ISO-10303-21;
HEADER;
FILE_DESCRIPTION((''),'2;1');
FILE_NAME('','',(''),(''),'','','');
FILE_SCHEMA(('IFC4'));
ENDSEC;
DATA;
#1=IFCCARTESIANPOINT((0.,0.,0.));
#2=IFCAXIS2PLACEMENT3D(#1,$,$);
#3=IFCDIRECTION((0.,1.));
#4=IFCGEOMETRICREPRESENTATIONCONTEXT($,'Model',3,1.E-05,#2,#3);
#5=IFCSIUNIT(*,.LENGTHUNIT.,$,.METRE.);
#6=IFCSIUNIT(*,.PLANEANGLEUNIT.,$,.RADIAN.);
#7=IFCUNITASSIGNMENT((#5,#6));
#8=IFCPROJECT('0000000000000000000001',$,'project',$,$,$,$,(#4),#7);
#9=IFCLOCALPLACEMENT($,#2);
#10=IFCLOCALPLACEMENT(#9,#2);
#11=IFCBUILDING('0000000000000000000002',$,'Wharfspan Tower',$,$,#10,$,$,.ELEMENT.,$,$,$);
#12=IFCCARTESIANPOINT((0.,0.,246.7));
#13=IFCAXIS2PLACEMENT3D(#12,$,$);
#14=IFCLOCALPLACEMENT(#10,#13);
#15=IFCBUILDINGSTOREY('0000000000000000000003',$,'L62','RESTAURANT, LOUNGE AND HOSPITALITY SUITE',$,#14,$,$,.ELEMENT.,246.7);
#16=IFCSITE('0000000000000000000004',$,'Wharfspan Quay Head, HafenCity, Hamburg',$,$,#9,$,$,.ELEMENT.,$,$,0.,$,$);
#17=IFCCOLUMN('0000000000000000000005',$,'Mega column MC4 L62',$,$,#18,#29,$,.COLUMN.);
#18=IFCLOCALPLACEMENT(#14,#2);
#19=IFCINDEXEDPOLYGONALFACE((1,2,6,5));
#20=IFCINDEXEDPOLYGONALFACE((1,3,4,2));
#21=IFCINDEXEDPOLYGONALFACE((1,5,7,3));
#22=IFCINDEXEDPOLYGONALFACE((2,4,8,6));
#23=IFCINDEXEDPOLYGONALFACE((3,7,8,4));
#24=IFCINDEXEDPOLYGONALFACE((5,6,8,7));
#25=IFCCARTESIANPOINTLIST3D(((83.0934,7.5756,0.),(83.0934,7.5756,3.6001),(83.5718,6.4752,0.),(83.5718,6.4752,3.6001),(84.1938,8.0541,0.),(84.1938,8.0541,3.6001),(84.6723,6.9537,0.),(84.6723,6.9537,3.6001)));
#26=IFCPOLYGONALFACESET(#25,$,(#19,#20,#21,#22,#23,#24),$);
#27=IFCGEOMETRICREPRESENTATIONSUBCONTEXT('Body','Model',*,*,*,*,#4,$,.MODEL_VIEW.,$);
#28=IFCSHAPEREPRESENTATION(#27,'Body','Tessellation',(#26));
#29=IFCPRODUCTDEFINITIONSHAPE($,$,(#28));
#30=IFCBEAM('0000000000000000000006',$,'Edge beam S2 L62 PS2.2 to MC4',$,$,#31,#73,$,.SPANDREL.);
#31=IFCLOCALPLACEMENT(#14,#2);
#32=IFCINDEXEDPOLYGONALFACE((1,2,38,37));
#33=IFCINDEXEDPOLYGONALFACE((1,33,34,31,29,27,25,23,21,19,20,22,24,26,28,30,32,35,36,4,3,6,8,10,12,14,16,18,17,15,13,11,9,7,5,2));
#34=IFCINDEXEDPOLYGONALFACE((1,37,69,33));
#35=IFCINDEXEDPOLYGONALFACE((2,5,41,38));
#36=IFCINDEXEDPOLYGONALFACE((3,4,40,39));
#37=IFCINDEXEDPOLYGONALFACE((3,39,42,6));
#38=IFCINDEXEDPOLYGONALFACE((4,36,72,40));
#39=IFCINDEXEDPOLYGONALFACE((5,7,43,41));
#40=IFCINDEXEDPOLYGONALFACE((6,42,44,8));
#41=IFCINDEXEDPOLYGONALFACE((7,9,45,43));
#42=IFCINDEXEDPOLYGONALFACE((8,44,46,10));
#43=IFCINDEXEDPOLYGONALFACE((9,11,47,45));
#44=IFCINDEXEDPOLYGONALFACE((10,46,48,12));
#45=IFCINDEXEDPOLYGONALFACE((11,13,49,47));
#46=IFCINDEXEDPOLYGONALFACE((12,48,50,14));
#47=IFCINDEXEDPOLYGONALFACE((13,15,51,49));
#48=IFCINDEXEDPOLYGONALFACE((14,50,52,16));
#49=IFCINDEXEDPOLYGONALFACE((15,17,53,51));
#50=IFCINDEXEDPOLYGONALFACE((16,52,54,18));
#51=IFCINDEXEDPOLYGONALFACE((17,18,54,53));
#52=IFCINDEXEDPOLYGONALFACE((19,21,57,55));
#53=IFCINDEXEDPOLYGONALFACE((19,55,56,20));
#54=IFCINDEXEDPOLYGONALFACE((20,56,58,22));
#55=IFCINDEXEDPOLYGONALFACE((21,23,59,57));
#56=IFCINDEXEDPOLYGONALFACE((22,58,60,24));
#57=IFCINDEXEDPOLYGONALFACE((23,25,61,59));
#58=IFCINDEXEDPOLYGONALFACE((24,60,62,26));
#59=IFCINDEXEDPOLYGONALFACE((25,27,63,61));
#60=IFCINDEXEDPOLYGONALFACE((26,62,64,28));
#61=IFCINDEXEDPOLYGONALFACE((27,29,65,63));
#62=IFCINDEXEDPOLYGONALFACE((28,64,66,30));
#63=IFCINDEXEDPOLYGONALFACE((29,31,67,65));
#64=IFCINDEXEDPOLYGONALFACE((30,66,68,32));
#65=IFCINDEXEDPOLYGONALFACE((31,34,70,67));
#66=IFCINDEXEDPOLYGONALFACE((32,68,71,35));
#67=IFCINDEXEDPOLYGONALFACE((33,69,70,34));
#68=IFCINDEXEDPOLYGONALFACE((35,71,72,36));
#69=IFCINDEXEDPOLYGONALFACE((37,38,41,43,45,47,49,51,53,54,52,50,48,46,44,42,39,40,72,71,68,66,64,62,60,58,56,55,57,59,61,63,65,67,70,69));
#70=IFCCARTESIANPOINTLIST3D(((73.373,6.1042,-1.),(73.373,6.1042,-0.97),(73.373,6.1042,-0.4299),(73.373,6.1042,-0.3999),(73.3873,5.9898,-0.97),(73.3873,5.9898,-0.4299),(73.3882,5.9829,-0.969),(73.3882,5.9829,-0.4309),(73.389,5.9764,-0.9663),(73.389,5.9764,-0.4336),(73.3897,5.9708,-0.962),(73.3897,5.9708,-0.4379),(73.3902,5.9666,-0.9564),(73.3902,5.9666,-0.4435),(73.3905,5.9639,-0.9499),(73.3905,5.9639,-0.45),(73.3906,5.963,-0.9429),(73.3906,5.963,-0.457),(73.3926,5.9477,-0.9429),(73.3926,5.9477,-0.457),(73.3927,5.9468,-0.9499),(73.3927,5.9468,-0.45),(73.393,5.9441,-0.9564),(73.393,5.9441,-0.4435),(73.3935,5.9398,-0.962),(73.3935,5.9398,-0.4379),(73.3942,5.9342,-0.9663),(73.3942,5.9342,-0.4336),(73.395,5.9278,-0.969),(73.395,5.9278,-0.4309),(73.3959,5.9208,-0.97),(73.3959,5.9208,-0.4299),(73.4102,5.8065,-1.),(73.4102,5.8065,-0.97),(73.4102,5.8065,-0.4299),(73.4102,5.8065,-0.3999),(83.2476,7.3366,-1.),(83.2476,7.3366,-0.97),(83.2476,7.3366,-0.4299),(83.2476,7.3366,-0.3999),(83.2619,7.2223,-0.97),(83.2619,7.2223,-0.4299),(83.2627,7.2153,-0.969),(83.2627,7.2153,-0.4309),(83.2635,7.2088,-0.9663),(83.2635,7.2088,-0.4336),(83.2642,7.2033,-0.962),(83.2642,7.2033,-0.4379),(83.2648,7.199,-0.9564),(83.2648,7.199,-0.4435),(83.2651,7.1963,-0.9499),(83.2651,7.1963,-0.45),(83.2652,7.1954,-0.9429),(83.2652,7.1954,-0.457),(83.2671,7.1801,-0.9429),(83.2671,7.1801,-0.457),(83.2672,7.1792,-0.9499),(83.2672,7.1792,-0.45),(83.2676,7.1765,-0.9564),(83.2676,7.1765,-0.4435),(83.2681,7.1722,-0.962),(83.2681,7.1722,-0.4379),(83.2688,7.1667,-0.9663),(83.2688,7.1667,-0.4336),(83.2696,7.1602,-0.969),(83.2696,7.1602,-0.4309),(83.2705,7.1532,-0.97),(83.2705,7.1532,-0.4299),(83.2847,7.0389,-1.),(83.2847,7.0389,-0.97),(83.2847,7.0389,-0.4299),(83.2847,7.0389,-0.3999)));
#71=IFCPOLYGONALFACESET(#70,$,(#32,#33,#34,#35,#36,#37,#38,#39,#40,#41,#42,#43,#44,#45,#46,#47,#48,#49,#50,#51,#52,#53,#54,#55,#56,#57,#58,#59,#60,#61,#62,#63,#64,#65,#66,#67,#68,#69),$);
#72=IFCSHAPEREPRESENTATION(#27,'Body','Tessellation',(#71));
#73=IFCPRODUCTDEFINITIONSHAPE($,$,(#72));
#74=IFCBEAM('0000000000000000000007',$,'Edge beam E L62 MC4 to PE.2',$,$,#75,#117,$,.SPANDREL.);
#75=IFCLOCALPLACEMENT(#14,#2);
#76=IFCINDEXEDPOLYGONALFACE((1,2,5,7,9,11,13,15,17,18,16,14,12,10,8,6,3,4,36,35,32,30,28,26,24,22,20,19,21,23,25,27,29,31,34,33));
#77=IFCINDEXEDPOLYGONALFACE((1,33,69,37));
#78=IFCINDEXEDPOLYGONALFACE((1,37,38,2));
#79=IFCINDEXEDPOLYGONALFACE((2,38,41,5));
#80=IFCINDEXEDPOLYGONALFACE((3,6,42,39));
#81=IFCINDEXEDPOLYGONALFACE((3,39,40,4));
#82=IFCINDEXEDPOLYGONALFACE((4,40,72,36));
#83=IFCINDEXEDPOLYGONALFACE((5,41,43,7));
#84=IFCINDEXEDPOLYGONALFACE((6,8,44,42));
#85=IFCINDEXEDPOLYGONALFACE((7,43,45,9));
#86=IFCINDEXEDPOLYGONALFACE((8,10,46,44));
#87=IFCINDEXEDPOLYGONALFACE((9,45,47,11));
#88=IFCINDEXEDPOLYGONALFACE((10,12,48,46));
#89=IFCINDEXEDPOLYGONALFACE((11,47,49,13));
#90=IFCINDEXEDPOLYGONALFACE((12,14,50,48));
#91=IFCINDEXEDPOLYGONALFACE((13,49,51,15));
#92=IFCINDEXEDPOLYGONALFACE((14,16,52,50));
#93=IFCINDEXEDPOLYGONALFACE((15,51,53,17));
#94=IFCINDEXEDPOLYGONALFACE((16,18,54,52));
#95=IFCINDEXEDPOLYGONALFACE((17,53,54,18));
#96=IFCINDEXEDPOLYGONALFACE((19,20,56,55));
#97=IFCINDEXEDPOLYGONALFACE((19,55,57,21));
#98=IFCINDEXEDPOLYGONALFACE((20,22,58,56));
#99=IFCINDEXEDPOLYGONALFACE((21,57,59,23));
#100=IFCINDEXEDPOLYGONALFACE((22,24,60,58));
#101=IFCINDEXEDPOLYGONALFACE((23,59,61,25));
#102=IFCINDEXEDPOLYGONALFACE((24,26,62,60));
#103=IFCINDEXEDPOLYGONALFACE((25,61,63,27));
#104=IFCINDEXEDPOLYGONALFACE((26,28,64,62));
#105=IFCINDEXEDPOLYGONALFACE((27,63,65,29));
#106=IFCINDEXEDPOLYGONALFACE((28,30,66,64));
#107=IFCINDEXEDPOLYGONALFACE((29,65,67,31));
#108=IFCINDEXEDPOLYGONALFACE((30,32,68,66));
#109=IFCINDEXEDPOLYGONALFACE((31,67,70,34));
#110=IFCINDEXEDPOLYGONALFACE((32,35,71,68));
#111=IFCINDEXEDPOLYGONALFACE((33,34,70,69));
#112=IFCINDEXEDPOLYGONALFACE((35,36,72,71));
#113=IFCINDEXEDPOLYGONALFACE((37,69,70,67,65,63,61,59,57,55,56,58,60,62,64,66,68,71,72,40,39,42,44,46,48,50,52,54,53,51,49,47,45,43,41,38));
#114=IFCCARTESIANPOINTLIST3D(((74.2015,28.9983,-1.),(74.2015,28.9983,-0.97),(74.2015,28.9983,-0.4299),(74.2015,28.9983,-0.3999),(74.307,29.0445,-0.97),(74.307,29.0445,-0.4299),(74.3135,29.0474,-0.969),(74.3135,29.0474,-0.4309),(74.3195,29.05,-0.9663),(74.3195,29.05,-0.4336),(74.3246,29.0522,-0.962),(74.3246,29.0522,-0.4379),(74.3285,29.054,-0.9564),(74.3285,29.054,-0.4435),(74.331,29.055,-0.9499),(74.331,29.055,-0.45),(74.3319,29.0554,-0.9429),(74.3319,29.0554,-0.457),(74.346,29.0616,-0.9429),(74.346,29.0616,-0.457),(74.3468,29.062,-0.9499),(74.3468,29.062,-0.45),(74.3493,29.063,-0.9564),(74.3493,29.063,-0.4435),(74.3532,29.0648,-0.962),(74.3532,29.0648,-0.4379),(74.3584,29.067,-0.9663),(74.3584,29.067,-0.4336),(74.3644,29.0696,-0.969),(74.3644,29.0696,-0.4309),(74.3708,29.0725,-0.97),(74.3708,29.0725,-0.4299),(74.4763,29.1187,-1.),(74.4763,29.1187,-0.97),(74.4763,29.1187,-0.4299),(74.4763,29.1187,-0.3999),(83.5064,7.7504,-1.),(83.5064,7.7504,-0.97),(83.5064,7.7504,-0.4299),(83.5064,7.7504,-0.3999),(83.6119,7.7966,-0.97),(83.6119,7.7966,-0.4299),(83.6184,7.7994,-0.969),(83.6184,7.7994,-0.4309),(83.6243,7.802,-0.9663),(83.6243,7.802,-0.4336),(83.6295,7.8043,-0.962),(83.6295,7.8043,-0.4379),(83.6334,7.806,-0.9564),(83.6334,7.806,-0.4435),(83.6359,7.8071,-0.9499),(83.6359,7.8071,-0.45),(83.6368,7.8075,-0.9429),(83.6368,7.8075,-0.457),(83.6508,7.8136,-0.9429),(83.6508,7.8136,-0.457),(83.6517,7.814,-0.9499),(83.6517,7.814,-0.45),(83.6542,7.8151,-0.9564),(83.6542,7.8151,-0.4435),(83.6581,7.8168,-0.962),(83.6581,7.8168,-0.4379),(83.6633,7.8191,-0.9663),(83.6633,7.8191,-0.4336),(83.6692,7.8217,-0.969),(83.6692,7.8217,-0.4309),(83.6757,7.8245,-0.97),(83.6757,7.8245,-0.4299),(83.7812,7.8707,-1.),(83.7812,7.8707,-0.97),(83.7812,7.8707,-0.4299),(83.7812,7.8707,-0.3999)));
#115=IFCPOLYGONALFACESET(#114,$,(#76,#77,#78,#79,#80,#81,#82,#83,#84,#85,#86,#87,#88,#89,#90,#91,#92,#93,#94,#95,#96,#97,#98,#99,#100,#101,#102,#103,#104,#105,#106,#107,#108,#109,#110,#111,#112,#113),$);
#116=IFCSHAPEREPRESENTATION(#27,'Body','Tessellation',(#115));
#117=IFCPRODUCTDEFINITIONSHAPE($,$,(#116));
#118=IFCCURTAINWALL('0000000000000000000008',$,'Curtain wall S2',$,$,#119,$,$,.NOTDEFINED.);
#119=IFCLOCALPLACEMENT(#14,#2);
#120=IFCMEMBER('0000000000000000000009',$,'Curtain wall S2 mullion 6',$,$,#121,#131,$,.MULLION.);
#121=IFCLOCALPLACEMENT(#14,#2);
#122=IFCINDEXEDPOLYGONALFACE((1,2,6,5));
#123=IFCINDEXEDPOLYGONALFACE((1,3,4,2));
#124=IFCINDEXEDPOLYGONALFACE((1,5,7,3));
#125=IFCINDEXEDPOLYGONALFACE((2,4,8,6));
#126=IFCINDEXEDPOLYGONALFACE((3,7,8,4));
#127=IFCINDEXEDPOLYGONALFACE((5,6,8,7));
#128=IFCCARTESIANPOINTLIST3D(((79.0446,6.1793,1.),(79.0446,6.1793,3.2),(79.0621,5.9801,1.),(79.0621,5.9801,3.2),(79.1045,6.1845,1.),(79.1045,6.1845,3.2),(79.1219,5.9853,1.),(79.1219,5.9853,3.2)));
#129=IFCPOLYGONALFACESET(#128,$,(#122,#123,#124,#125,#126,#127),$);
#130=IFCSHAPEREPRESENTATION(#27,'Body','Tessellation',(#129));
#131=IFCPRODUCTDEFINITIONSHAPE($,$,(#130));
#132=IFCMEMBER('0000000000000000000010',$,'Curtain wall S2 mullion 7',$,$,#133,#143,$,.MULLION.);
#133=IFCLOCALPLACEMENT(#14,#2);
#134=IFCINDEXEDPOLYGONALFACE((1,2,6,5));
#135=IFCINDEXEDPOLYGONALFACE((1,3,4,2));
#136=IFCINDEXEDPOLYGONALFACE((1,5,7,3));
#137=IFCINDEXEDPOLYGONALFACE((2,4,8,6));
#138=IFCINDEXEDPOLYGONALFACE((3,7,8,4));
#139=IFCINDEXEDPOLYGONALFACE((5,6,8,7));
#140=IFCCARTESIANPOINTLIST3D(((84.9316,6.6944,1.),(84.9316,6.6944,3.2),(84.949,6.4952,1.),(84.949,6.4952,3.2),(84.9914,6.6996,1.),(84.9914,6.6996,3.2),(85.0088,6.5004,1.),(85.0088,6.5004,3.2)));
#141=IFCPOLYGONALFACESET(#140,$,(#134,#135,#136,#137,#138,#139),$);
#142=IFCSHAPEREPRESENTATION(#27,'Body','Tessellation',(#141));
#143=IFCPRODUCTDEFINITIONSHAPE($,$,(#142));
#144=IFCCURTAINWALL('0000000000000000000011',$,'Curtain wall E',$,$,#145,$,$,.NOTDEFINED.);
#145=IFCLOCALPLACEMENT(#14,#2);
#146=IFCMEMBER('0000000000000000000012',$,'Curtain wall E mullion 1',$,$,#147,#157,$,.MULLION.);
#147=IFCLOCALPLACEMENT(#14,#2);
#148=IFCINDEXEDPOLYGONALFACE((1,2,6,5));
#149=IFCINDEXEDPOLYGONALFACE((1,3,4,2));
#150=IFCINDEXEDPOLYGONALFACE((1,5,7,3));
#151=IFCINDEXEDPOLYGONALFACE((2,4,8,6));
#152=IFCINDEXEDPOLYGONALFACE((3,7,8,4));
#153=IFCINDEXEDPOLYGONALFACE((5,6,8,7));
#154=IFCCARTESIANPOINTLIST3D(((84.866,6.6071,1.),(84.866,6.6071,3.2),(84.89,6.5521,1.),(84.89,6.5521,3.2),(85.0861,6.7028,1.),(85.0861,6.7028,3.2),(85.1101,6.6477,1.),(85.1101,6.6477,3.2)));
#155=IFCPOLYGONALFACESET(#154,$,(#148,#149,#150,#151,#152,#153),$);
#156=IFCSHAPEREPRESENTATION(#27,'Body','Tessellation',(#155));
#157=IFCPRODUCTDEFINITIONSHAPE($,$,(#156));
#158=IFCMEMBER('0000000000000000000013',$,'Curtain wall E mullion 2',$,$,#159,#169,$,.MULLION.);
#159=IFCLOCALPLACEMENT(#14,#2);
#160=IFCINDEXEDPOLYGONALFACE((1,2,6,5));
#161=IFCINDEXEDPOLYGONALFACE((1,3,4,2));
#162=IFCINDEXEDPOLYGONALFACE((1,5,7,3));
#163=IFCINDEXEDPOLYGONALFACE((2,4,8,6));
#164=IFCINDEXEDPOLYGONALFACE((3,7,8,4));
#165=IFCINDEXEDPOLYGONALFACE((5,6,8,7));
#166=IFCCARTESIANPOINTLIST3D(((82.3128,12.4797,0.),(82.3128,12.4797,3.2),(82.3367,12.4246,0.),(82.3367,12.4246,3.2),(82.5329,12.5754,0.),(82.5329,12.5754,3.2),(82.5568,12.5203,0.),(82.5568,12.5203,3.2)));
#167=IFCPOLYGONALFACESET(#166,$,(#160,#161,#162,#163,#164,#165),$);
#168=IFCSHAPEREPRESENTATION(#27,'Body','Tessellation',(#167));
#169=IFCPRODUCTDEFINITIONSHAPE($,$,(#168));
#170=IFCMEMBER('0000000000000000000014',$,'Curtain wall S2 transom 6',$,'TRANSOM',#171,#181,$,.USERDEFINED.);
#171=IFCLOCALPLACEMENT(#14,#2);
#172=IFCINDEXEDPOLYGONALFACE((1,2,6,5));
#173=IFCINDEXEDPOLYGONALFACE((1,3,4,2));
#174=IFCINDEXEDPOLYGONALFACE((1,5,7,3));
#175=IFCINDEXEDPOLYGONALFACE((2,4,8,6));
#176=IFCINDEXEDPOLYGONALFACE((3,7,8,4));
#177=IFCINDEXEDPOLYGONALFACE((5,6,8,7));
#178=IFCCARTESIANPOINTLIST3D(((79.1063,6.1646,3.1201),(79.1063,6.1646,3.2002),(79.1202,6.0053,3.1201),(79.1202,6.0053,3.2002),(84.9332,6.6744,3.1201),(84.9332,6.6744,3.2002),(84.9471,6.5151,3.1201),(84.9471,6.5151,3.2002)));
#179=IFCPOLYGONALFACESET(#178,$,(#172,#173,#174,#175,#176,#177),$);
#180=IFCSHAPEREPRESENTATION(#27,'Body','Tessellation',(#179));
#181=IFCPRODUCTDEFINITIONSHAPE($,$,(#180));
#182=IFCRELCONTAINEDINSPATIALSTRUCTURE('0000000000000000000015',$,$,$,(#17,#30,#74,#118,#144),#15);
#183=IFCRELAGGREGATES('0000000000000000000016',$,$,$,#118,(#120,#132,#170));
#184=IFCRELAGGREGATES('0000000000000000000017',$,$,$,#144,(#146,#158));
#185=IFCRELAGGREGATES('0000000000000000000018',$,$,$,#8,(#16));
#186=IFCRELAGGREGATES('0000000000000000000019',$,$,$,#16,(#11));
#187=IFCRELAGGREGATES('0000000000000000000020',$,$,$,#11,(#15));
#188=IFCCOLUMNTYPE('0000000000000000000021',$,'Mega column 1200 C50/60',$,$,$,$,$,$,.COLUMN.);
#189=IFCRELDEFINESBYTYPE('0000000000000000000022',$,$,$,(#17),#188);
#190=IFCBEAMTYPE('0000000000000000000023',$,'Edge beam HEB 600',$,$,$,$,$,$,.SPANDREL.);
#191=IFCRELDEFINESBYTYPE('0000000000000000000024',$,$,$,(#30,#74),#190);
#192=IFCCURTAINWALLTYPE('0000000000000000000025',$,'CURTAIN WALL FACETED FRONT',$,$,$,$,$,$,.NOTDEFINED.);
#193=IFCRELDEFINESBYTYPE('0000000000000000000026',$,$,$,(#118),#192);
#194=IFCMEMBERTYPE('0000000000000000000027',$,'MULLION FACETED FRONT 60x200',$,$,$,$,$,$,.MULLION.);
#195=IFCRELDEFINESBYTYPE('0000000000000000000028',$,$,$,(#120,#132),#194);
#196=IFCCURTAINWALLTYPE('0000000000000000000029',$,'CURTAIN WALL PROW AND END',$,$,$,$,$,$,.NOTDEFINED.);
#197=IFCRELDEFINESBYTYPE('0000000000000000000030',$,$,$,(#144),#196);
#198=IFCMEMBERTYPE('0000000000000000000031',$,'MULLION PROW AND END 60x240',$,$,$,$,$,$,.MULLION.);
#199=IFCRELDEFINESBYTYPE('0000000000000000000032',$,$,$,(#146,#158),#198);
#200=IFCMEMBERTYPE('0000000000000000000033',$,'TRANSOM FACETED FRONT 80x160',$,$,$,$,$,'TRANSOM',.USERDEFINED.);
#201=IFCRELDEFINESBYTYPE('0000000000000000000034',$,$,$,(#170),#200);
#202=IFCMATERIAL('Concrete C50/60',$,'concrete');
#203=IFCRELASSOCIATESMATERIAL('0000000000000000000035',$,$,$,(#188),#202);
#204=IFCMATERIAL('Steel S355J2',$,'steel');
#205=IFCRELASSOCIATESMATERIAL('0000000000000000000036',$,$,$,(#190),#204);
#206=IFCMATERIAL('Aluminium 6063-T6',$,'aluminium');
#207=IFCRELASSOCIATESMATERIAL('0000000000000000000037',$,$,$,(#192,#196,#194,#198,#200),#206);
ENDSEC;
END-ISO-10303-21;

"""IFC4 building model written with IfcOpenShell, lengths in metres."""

from ifc_helpers import new_model, si_unit, direction, frame, origin, origin_2d, place, context, subcontext, project, spatial, rectangle, i_section, extrude, material, material_profile, profile_set, type_object, element, aggregate, save


model = new_model("IFC4")

# Units and contexts
model_context = context("Model", 3, precision=1e-05, world=origin(), true_north=direction((0.0, 1.0)))
body_context = subcontext(model_context, "Body", "Model", "MODEL_VIEW")
ifc_project = project(units=[si_unit("LENGTHUNIT", "METRE"), si_unit("PLANEANGLEUNIT", "RADIAN")], contexts=[model_context])

# Site, building, storey
site_placement = place(None, origin())
site = spatial("IfcSite", under=ifc_project, at=site_placement, Name="Wharfspan Quay Head, HafenCity, Hamburg", CompositionType="ELEMENT", RefElevation=0.0)
building_placement = place(site_placement, origin())
building = spatial("IfcBuilding", under=site, at=building_placement, Name="Wharfspan Tower", CompositionType="ELEMENT")
storey_placement = place(building_placement, frame((0.0, 0.0, 246.7)))
storey = spatial("IfcBuildingStorey", under=building, at=storey_placement, Name="L62", Description="RESTAURANT, LOUNGE AND HOSPITALITY SUITE", CompositionType="ELEMENT", Elevation=246.7)

# Column
ifc_material_1 = material(Name="Concrete C50/60", Category="concrete")
ifc_material_profile_1 = material_profile(ifc_material_1, rectangle(XDim=1.2, YDim=1.2, at=origin_2d()))
ifc_profile_set_1 = profile_set([ifc_material_profile_1], Name="Concrete C50/60")
column_type = type_object("IfcColumnType", Name="Mega column 1200 C50/60", PredefinedType="COLUMN", material=ifc_profile_set_1)
column_placement = place(storey_placement, frame((83.8828, 7.2646, 0.0), z_axis=(0.0, 0.0, 1.0), x_axis=(-0.398727, 0.917072, 0.0)))
element("IfcColumn", 1, at=column_placement, inside=storey, type_object=column_type, Name="Mega column MC4 L62", PredefinedType="COLUMN", context=body_context, shape_type="SweptSolid", body=[
    extrude(rectangle(XDim=1.2, YDim=1.2, at=origin_2d()), origin(), (0.0, 0.0, 1.0), 3.6001),
])

# Beams
ifc_material_2 = material(Name="Steel S355J2", Category="steel")
ifc_material_profile_2 = material_profile(ifc_material_2, i_section(OverallWidth=0.3, OverallDepth=0.6001, WebThickness=0.0154, FlangeThickness=0.03, FilletRadius=0.0271, at=origin_2d()))
ifc_profile_set_2 = profile_set([ifc_material_profile_2], Name="Steel S355J2")
beam_type = type_object("IfcBeamType", Name="Edge beam HEB 600", PredefinedType="SPANDREL", material=ifc_profile_set_2)
beam_1_placement = place(storey_placement, frame((73.3916, 5.9553, -0.7), z_axis=(0.992301, 0.123848, 0.0), x_axis=(-0.123848, 0.992301, 0.0)))
element("IfcBeam", 2, at=beam_1_placement, inside=storey, type_object=beam_type, Name="Edge beam S2 L62 PS2.2 to MC4", PredefinedType="SPANDREL", context=body_context, shape_type="SweptSolid", body=[
    extrude(i_section(OverallWidth=0.3, OverallDepth=0.6001, WebThickness=0.0154, FlangeThickness=0.03, FilletRadius=0.0271, at=origin_2d()), origin(), (0.0, 0.0, 1.0), 9.9512),
])
beam_2_placement = place(storey_placement, frame((83.6438, 7.8105, -0.7), z_axis=(-0.401141, 0.916016, 0.0), x_axis=(-0.916016, -0.401141, 0.0)))
element("IfcBeam", 3, at=beam_2_placement, inside=storey, type_object=beam_type, Name="Edge beam E L62 MC4 to PE.2", PredefinedType="SPANDREL", context=body_context, shape_type="SweptSolid", body=[
    extrude(i_section(OverallWidth=0.3, OverallDepth=0.6001, WebThickness=0.0154, FlangeThickness=0.03, FilletRadius=0.0271, at=origin_2d()), origin(), (0.0, 0.0, 1.0), 23.196),
])

# Curtain walls, members
ifc_material_3 = material(Name="Aluminium 6063-T6", Category="aluminium")
curtain_wall_type_1 = type_object("IfcCurtainWallType", Name="CURTAIN WALL FACETED FRONT", PredefinedType="NOTDEFINED", material=ifc_material_3)
curtain_wall_1_placement = place(storey_placement, origin())
curtain_wall_1 = element("IfcCurtainWall", 4, at=curtain_wall_1_placement, inside=storey, type_object=curtain_wall_type_1, Name="Curtain wall S2", PredefinedType="NOTDEFINED")
ifc_material_profile_3 = material_profile(ifc_material_3, rectangle(XDim=0.2, YDim=0.0601, at=origin_2d()))
ifc_profile_set_3 = profile_set([ifc_material_profile_3], Name="Aluminium 6063-T6")
member_type_1 = type_object("IfcMemberType", Name="MULLION FACETED FRONT 60x200", PredefinedType="MULLION", material=ifc_profile_set_3)
member_1_placement = place(storey_placement, frame((79.0833, 6.0823, 1.0), z_axis=(0.0, 0.0, 1.0), x_axis=(-0.087156, 0.996197, 0.0)))
member_1 = element("IfcMember", 5, at=member_1_placement, type_object=member_type_1, Name="Curtain wall S2 mullion 6", PredefinedType="MULLION", context=body_context, shape_type="SweptSolid", body=[
    extrude(rectangle(XDim=0.2, YDim=0.0601, at=origin_2d()), origin(), (0.0, 0.0, 1.0), 2.2),
])
member_2_placement = place(storey_placement, frame((84.9702, 6.5974, 1.0), z_axis=(0.0, 0.0, 1.0), x_axis=(-0.087156, 0.996197, 0.0)))
member_2 = element("IfcMember", 6, at=member_2_placement, type_object=member_type_1, Name="Curtain wall S2 mullion 7", PredefinedType="MULLION", context=body_context, shape_type="SweptSolid", body=[
    extrude(rectangle(XDim=0.2, YDim=0.0601, at=origin_2d()), origin(), (0.0, 0.0, 1.0), 2.2),
])
curtain_wall_type_2 = type_object("IfcCurtainWallType", Name="CURTAIN WALL PROW AND END", PredefinedType="NOTDEFINED", material=ifc_material_3)
curtain_wall_2_placement = place(storey_placement, origin())
curtain_wall_2 = element("IfcCurtainWall", 7, at=curtain_wall_2_placement, inside=storey, type_object=curtain_wall_type_2, Name="Curtain wall E", PredefinedType="NOTDEFINED")
ifc_material_profile_4 = material_profile(ifc_material_3, rectangle(XDim=0.24, YDim=0.0601, at=origin_2d()))
ifc_profile_set_4 = profile_set([ifc_material_profile_4], Name="Aluminium 6063-T6")
member_type_2 = type_object("IfcMemberType", Name="MULLION PROW AND END 60x240", PredefinedType="MULLION", material=ifc_profile_set_4)
member_3_placement = place(storey_placement, frame((84.988, 6.6274, 1.0), z_axis=(0.0, 0.0, 1.0), x_axis=(-0.917072, -0.398727, 0.0)))
member_3 = element("IfcMember", 8, at=member_3_placement, type_object=member_type_2, Name="Curtain wall E mullion 1", PredefinedType="MULLION", context=body_context, shape_type="SweptSolid", body=[
    extrude(rectangle(XDim=0.24, YDim=0.0601, at=origin_2d()), origin(), (0.0, 0.0, 1.0), 2.2),
])
member_4_placement = place(storey_placement, frame((82.4348, 12.5, 0.0), z_axis=(0.0, 0.0, 1.0), x_axis=(-0.917072, -0.398727, 0.0)))
member_4 = element("IfcMember", 9, at=member_4_placement, type_object=member_type_2, Name="Curtain wall E mullion 2", PredefinedType="MULLION", context=body_context, shape_type="SweptSolid", body=[
    extrude(rectangle(XDim=0.24, YDim=0.0601, at=origin_2d()), origin(), (0.0, 0.0, 1.0), 3.2),
])

# Member
ifc_material_profile_5 = material_profile(ifc_material_3, rectangle(XDim=0.1599, YDim=0.0801, at=origin_2d()))
ifc_profile_set_5 = profile_set([ifc_material_profile_5], Name="Aluminium 6063-T6")
member_type_3 = type_object("IfcMemberType", Name="TRANSOM FACETED FRONT 80x160", ElementType="TRANSOM", PredefinedType="USERDEFINED", material=ifc_profile_set_5)
member_5_placement = place(storey_placement, frame((79.1133, 6.085, 3.1602), z_axis=(0.996195, 0.087152, 0.0), x_axis=(-0.087152, 0.996195, 0.0)))
member_5 = element("IfcMember", 10, at=member_5_placement, type_object=member_type_3, Name="Curtain wall S2 transom 6", ObjectType="TRANSOM", PredefinedType="USERDEFINED", context=body_context, shape_type="SweptSolid", body=[
    extrude(rectangle(XDim=0.1599, YDim=0.0801, at=origin_2d()), origin(), (0.0, 0.0, 1.0), 5.8491),
])

aggregate(curtain_wall_1, [member_1, member_2, member_5])
aggregate(curtain_wall_2, [member_3, member_4])

save(model, "model.ifc")
